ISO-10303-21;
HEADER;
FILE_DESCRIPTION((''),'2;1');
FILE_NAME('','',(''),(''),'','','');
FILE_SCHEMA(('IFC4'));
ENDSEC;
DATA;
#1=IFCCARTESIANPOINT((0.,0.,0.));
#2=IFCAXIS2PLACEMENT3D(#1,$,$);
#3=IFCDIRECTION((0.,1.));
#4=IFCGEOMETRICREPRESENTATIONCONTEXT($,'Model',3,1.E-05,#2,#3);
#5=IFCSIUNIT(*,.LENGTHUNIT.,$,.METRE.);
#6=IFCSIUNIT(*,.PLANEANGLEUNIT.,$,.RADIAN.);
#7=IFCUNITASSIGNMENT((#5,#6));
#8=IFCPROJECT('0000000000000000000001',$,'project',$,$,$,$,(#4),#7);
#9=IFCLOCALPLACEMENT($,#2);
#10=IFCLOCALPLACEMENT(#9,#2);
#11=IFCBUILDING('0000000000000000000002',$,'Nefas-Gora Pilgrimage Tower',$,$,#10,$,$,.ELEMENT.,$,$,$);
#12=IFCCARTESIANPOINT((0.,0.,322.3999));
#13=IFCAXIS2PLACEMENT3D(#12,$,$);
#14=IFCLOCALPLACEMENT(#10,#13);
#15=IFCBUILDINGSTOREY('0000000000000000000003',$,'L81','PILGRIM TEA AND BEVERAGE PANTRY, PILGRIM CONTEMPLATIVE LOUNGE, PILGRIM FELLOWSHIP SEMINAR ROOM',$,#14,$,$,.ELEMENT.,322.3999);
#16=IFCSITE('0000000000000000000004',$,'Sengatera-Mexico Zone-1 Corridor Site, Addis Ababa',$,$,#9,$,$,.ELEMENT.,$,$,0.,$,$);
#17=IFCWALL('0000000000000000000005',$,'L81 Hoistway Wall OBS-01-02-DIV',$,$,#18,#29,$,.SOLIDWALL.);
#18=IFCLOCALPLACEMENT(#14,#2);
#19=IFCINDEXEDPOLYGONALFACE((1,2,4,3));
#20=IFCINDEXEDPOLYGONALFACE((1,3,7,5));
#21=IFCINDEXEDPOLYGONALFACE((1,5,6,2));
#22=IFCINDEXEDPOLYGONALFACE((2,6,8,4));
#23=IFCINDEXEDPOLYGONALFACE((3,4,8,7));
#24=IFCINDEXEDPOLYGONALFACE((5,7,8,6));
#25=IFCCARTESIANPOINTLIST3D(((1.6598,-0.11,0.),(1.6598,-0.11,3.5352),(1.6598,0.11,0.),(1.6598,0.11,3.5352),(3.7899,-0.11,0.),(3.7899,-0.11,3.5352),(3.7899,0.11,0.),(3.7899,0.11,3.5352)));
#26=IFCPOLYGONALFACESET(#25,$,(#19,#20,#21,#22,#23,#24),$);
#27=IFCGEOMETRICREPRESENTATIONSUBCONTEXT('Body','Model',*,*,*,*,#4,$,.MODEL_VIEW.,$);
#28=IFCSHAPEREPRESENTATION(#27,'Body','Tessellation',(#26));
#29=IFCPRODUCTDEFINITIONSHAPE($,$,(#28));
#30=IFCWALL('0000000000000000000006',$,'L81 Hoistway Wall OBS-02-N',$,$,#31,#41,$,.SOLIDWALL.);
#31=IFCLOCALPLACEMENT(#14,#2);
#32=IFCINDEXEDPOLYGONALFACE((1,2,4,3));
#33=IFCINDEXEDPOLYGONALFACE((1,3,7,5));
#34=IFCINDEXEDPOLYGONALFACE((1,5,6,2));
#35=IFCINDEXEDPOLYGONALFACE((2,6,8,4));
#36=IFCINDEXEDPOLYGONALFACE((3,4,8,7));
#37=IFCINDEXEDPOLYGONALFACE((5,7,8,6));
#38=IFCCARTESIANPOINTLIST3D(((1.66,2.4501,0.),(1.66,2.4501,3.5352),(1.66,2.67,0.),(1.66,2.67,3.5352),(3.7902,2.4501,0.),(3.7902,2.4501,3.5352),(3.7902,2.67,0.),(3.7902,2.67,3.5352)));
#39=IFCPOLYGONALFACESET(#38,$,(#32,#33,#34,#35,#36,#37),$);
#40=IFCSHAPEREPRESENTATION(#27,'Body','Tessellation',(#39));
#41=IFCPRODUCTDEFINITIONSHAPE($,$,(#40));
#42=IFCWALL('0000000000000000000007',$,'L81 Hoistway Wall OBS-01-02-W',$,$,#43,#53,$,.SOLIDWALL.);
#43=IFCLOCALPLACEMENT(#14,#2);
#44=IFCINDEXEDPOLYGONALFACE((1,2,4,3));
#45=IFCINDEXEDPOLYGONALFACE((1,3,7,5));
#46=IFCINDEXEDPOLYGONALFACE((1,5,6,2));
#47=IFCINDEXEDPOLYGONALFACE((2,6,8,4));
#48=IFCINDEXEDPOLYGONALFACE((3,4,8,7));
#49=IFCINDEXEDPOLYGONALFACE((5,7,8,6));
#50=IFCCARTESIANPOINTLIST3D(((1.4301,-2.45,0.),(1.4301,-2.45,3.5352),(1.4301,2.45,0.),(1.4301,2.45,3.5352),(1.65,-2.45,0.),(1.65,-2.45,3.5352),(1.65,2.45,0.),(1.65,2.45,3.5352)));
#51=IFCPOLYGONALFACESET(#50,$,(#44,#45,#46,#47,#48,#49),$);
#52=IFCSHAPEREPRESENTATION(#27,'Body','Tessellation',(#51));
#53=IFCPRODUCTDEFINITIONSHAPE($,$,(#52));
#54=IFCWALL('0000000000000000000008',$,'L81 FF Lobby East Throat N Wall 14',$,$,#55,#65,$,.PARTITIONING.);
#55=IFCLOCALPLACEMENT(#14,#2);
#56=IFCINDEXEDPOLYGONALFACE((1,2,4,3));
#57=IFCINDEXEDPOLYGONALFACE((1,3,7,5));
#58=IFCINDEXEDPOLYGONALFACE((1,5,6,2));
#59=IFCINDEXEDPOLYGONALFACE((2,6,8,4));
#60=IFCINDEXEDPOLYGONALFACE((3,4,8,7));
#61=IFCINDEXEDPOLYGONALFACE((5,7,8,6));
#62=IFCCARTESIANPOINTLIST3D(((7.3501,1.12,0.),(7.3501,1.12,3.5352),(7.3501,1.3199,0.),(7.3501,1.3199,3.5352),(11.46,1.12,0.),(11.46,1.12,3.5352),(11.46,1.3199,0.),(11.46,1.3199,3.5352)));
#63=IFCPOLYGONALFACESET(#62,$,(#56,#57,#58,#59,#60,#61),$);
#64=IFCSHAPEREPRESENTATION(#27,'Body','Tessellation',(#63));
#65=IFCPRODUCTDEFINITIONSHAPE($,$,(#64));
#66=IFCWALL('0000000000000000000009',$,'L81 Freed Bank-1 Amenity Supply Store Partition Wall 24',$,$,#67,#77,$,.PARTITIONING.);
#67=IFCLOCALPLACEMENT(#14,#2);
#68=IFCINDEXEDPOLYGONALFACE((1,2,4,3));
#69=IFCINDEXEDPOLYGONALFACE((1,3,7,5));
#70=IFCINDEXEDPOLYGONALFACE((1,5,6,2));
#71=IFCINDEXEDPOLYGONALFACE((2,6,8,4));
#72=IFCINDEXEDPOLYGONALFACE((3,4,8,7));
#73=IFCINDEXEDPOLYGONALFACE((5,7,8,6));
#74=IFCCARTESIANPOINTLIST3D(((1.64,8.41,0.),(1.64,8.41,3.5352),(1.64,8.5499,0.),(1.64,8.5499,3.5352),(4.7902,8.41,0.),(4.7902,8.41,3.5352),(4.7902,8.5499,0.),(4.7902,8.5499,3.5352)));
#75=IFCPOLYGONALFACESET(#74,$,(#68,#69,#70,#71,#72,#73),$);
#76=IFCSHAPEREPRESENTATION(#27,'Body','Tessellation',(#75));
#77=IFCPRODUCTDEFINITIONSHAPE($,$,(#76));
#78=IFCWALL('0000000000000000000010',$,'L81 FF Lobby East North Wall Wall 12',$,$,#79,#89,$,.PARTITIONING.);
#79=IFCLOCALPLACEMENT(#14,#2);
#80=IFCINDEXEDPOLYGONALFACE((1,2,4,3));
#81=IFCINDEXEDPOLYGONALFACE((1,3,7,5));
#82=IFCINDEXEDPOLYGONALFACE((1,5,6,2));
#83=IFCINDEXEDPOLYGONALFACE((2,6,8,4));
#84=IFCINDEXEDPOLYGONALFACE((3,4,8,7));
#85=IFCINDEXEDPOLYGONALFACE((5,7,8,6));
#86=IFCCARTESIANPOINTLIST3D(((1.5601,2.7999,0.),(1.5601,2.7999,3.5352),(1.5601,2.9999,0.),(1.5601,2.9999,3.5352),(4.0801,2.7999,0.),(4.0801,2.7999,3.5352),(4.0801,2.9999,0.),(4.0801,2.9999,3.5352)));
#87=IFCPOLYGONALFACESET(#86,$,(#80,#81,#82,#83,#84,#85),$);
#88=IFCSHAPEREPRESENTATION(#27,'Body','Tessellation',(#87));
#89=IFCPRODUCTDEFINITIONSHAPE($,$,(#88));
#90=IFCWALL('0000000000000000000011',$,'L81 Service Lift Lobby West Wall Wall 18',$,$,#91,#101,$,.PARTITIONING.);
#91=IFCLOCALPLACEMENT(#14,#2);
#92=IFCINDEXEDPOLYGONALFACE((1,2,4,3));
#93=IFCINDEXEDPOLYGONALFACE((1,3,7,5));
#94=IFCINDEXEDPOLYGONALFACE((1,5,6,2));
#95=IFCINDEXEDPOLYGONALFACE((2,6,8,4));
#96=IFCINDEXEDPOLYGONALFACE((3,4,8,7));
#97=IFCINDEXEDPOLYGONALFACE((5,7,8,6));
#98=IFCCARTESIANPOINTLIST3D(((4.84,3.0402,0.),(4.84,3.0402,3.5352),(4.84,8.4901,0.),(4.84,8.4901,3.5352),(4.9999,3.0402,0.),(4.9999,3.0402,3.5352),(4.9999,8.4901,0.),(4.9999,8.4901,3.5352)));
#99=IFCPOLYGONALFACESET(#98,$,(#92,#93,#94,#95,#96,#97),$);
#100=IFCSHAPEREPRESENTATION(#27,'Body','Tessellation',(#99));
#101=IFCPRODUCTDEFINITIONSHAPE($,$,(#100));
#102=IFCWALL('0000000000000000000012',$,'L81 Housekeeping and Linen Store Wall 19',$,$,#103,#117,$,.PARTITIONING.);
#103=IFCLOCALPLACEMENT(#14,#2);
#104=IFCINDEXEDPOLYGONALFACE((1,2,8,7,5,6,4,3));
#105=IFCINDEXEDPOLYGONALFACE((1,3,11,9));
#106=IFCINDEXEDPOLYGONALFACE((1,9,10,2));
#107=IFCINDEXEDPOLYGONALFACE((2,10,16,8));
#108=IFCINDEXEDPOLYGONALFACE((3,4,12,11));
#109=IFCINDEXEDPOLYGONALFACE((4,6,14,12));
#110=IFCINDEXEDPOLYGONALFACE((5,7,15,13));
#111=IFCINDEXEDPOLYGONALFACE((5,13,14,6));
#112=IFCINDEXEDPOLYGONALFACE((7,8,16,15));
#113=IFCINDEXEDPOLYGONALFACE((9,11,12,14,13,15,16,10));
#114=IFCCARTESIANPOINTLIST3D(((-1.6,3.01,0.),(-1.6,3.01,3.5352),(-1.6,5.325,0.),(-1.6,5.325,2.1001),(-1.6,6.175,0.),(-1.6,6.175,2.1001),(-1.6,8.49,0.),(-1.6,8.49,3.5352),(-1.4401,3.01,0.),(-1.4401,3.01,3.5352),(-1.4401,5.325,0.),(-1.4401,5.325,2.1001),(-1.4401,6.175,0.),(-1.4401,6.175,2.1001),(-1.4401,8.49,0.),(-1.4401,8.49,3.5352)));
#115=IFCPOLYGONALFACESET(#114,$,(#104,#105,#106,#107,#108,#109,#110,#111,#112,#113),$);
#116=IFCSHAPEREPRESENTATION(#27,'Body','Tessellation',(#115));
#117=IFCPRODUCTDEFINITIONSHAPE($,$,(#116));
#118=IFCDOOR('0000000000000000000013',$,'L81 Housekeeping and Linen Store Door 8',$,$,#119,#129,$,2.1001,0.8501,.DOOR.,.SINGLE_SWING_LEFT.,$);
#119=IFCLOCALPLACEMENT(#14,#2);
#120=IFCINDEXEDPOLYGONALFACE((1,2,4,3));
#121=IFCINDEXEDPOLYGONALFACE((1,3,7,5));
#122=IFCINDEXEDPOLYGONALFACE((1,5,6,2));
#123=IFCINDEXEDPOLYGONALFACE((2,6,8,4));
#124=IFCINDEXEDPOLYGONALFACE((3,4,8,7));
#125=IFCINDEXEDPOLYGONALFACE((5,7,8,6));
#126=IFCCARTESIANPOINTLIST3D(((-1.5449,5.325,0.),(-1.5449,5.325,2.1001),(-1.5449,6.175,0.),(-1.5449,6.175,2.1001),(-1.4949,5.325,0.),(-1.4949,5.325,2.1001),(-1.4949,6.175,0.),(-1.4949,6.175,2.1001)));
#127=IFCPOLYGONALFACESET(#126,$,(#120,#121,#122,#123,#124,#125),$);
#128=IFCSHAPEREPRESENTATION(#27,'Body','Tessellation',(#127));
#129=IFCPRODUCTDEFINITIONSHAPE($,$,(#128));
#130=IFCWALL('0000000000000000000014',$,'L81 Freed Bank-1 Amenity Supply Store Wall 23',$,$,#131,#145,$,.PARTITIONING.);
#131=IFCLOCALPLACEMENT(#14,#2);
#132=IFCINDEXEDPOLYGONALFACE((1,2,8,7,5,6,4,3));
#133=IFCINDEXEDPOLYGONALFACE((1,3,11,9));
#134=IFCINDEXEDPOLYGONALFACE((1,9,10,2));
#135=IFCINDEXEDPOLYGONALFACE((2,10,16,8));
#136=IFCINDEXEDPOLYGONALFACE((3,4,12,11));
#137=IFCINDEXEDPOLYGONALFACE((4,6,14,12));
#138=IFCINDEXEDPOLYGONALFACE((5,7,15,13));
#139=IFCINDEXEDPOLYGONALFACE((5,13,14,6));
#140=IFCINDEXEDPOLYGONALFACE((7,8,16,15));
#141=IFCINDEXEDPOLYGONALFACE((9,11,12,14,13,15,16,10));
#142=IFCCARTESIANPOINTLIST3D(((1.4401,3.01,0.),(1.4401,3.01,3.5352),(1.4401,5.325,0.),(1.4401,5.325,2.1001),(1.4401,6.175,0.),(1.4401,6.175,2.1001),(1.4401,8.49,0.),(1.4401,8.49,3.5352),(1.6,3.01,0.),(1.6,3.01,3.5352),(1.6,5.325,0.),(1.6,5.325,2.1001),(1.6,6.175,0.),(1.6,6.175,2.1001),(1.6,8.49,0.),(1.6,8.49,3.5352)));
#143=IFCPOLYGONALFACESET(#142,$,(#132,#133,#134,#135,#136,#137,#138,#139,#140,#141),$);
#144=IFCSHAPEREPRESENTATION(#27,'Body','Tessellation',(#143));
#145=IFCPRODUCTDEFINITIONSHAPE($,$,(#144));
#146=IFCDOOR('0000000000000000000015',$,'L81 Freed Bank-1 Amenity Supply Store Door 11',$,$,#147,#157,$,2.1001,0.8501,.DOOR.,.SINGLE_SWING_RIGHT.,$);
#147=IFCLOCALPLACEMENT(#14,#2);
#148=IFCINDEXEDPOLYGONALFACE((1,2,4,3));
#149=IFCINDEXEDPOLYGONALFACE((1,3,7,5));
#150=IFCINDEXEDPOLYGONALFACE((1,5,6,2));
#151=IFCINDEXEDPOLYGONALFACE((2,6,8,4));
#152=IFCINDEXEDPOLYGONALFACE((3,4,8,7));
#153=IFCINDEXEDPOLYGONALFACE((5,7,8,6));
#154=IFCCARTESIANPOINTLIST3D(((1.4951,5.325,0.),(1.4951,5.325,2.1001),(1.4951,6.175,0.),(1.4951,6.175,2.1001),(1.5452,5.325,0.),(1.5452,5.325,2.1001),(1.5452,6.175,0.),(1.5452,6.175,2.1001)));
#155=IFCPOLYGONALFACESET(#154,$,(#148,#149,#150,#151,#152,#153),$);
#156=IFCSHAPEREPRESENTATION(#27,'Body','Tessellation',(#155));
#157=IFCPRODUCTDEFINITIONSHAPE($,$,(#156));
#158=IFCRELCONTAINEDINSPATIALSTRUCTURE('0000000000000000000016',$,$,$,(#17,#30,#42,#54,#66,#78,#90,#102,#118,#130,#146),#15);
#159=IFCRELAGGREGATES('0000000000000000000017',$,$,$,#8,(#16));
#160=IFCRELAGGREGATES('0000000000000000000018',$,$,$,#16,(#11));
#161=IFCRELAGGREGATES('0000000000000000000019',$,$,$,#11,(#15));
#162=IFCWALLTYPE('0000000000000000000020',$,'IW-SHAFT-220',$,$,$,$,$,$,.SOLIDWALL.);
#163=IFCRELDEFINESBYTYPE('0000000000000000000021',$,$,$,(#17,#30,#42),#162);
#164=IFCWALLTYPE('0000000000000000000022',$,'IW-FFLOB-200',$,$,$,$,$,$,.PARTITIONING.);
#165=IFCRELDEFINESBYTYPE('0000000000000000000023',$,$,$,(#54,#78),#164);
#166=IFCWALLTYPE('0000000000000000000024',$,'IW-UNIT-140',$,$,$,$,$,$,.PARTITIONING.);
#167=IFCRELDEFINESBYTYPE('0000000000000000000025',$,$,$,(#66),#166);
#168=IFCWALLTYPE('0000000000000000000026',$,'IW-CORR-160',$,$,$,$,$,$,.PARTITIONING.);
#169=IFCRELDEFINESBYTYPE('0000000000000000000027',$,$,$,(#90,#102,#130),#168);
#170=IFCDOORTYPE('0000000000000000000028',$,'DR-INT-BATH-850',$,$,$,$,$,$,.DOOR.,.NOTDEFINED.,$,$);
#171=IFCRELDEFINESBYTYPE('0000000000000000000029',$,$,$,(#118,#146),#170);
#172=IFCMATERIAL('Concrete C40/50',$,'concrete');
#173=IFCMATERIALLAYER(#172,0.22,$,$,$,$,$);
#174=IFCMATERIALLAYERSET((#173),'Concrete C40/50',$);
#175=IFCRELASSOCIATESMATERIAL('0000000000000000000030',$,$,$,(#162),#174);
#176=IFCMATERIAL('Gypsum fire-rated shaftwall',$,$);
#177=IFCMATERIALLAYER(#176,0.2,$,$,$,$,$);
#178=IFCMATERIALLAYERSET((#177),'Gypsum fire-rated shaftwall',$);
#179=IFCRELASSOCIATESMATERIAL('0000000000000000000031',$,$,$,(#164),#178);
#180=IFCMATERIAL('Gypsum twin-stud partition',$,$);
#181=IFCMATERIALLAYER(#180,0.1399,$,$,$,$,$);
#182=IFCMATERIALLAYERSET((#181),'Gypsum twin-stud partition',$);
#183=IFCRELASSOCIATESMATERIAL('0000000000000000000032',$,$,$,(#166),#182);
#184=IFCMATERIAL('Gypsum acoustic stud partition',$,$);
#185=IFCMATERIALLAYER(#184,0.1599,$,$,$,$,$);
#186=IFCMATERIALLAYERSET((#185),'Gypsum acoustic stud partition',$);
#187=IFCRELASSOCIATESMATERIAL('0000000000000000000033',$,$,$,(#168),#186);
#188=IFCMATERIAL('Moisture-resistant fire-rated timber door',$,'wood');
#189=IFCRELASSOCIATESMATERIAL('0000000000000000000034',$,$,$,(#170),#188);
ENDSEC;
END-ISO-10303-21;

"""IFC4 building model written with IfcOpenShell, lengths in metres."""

from ifc_helpers import new_model, si_unit, direction, frame, frame_2d, origin, place, context, subcontext, project, spatial, rectangle, extrude, source, transform, mapped, material, layer, layer_set, type_object, element, fill, save


model = new_model("IFC4")

# Units and contexts
model_context = context("Model", 3, precision=1e-05, world=origin(), true_north=direction((0.0, 1.0)))
body_context = subcontext(model_context, "Body", "Model", "MODEL_VIEW")
ifc_project = project(units=[si_unit("LENGTHUNIT", "METRE"), si_unit("PLANEANGLEUNIT", "RADIAN")], contexts=[model_context])

# Site, building, storey
site_placement = place(None, origin())
site = spatial("IfcSite", under=ifc_project, at=site_placement, Name="Sengatera-Mexico Zone-1 Corridor Site, Addis Ababa", CompositionType="ELEMENT", RefElevation=0.0)
building_placement = place(site_placement, origin())
building = spatial("IfcBuilding", under=site, at=building_placement, Name="Nefas-Gora Pilgrimage Tower", CompositionType="ELEMENT")
storey_placement = place(building_placement, frame((0.0, 0.0, 322.3999)))
storey = spatial("IfcBuildingStorey", under=building, at=storey_placement, Name="L81", Description="PILGRIM TEA AND BEVERAGE PANTRY, PILGRIM CONTEMPLATIVE LOUNGE, PILGRIM FELLOWSHIP SEMINAR ROOM", CompositionType="ELEMENT", Elevation=322.3999)

# Shared definitions
ifc_material_1 = material(Name="Concrete C40/50", Category="concrete")

# Shared definitions
ifc_layer_1 = layer(ifc_material_1, 0.22)
ifc_layer_set_1 = layer_set([ifc_layer_1], Name="Concrete C40/50")
wall_type_1 = type_object("IfcWallType", Name="IW-SHAFT-220", PredefinedType="SOLIDWALL", material=ifc_layer_set_1)

# Walls
shared_shape_1 = source(origin(), body_context, "Body", "SweptSolid", [
    extrude(rectangle(XDim=2.1301, YDim=0.22, at=frame_2d((1.0649, 0.0))), origin(), (0.0, 0.0, 1.0), 3.5352),
])
for number, where, z_axis, x_axis, name in (
    (1, (1.6599, 0.0, 0.0), (0.0, 0.0, 1.0), (1.0, 0.0, 0.0), "L81 Hoistway Wall OBS-01-02-DIV"),
    (2, (3.79, 2.5601, 0.0), (0.0, 0.0, 1.0), (-1.0, 0.0, 0.0), "L81 Hoistway Wall OBS-02-N"),
):
    element("IfcWall", number, at=place(storey_placement, frame(where, z_axis=z_axis, x_axis=x_axis)), inside=storey, type_object=wall_type_1, Name=name, PredefinedType="SOLIDWALL", context=body_context, shape_type="MappedRepresentation", body=[
        mapped(shared_shape_1, transform((0.0, 0.0, 0.0), x_axis=(1.0, 0.0, 0.0), y_axis=(0.0, 1.0, 0.0), z_axis=(0.0, 0.0, 1.0), scale=1.0)),
    ])
shared_shape_2 = source(origin(), body_context, "Body", "SweptSolid", [
    extrude(rectangle(XDim=4.8999, YDim=0.22, at=frame_2d((2.45, 0.0))), origin(), (0.0, 0.0, 1.0), 3.5352),
])
wall_1_placement = place(storey_placement, frame((1.54, 2.45, 0.0), z_axis=(0.0, 0.0, 1.0), x_axis=(0.0, -1.0, 0.0)))
element("IfcWall", 3, at=wall_1_placement, inside=storey, type_object=wall_type_1, Name="L81 Hoistway Wall OBS-01-02-W", PredefinedType="SOLIDWALL", context=body_context, shape_type="MappedRepresentation", body=[
    mapped(shared_shape_2, transform((0.0, 0.0, 0.0), x_axis=(1.0, 0.0, 0.0), y_axis=(0.0, 1.0, 0.0), z_axis=(0.0, 0.0, 1.0), scale=1.0)),
])

# Shared definitions
ifc_material_2 = material(Name="Gypsum fire-rated shaftwall")
ifc_layer_2 = layer(ifc_material_2, 0.2)
ifc_layer_set_2 = layer_set([ifc_layer_2], Name="Gypsum fire-rated shaftwall")
wall_type_2 = type_object("IfcWallType", Name="IW-FFLOB-200", PredefinedType="PARTITIONING", material=ifc_layer_set_2)

# Walls
shared_shape_3 = source(origin(), body_context, "Body", "SweptSolid", [
    extrude(rectangle(XDim=4.1099, YDim=0.2, at=frame_2d((2.0549, 0.0))), origin(), (0.0, 0.0, 1.0), 3.5352),
])
wall_2_placement = place(storey_placement, frame((7.3501, 1.22, 0.0), z_axis=(0.0, 0.0, 1.0), x_axis=(1.0, 0.0, 0.0)))
element("IfcWall", 4, at=wall_2_placement, inside=storey, type_object=wall_type_2, Name="L81 FF Lobby East Throat N Wall 14", PredefinedType="PARTITIONING", context=body_context, shape_type="MappedRepresentation", body=[
    mapped(shared_shape_3, transform((0.0, 0.0, 0.0), x_axis=(1.0, 0.0, 0.0), y_axis=(0.0, 1.0, 0.0), z_axis=(0.0, 0.0, 1.0), scale=1.0)),
])
ifc_material_3 = material(Name="Gypsum twin-stud partition")
ifc_layer_3 = layer(ifc_material_3, 0.1399)
ifc_layer_set_3 = layer_set([ifc_layer_3], Name="Gypsum twin-stud partition")
wall_type_3 = type_object("IfcWallType", Name="IW-UNIT-140", PredefinedType="PARTITIONING", material=ifc_layer_set_3)
shared_shape_4 = source(origin(), body_context, "Body", "SweptSolid", [
    extrude(rectangle(XDim=3.1501, YDim=0.1399, at=frame_2d((1.5752, 0.0))), origin(), (0.0, 0.0, 1.0), 3.5352),
])
wall_3_placement = place(storey_placement, frame((1.6399, 8.48, 0.0), z_axis=(0.0, 0.0, 1.0), x_axis=(1.0, 0.0, 0.0)))
element("IfcWall", 5, at=wall_3_placement, inside=storey, type_object=wall_type_3, Name="L81 Freed Bank-1 Amenity Supply Store Partition Wall 24", PredefinedType="PARTITIONING", context=body_context, shape_type="MappedRepresentation", body=[
    mapped(shared_shape_4, transform((0.0, 0.0, 0.0), x_axis=(1.0, 0.0, 0.0), y_axis=(0.0, 1.0, 0.0), z_axis=(0.0, 0.0, 1.0), scale=1.0)),
])
shared_shape_5 = source(origin(), body_context, "Body", "SweptSolid", [
    extrude(rectangle(XDim=2.52, YDim=0.2, at=frame_2d((1.26, 0.0))), origin(), (0.0, 0.0, 1.0), 3.5352),
])
wall_4_placement = place(storey_placement, frame((1.5601, 2.8999, 0.0), z_axis=(0.0, 0.0, 1.0), x_axis=(1.0, 0.0, 0.0)))
element("IfcWall", 6, at=wall_4_placement, inside=storey, type_object=wall_type_2, Name="L81 FF Lobby East North Wall Wall 12", PredefinedType="PARTITIONING", context=body_context, shape_type="MappedRepresentation", body=[
    mapped(shared_shape_5, transform((0.0, 0.0, 0.0), x_axis=(1.0, 0.0, 0.0), y_axis=(0.0, 1.0, 0.0), z_axis=(0.0, 0.0, 1.0), scale=1.0)),
])
ifc_material_4 = material(Name="Gypsum acoustic stud partition")
ifc_layer_4 = layer(ifc_material_4, 0.1599)
ifc_layer_set_4 = layer_set([ifc_layer_4], Name="Gypsum acoustic stud partition")
wall_type_4 = type_object("IfcWallType", Name="IW-CORR-160", PredefinedType="PARTITIONING", material=ifc_layer_set_4)
shared_shape_6 = source(origin(), body_context, "Body", "SweptSolid", [
    extrude(rectangle(XDim=5.45, YDim=0.1599, at=frame_2d((2.7251, 0.0))), origin(), (0.0, 0.0, 1.0), 3.5352),
])
wall_5_placement = place(storey_placement, frame((4.9199, 3.04, 0.0), z_axis=(0.0, 0.0, 1.0), x_axis=(0.0, 1.0, 0.0)))
element("IfcWall", 7, at=wall_5_placement, inside=storey, type_object=wall_type_4, Name="L81 Service Lift Lobby West Wall Wall 18", PredefinedType="PARTITIONING", context=body_context, shape_type="MappedRepresentation", body=[
    mapped(shared_shape_6, transform((0.0, 0.0, 0.0), x_axis=(1.0, 0.0, 0.0), y_axis=(0.0, 1.0, 0.0), z_axis=(0.0, 0.0, 1.0), scale=1.0)),
])

# Walls, openings, doors
shared_shape_7 = source(origin(), body_context, "Body", "SweptSolid", [
    extrude(rectangle(XDim=5.48, YDim=0.1599, at=frame_2d((2.74, 0.0))), origin(), (0.0, 0.0, 1.0), 3.5352),
])
wall_6_placement = place(storey_placement, frame((-1.52, 3.01, 0.0), z_axis=(0.0, 0.0, 1.0), x_axis=(0.0, 1.0, 0.0)))
wall_6 = element("IfcWall", 8, at=wall_6_placement, inside=storey, type_object=wall_type_4, Name="L81 Housekeeping and Linen Store Wall 19", PredefinedType="PARTITIONING", context=body_context, shape_type="MappedRepresentation", body=[
    mapped(shared_shape_7, transform((0.0, 0.0, 0.0), x_axis=(1.0, 0.0, 0.0), y_axis=(0.0, 1.0, 0.0), z_axis=(0.0, 0.0, 1.0), scale=1.0)),
])
opening_1_placement = place(wall_6_placement, frame((2.3149, 0.0, 0.0)))
opening_1 = element("IfcOpeningElement", 9, at=opening_1_placement, cuts=wall_6, PredefinedType="OPENING", context=body_context, shape_type="SweptSolid", body=[
    extrude(rectangle(XDim=0.8501, YDim=2.1001, at=frame_2d((0.425, 1.05))), frame((0.0, 0.0898, 0.0), z_axis=(0.0, -1.0, 0.0), x_axis=(1.0, 0.0, 0.0)), (0.0, 0.0, 1.0), 0.1799),
])
ifc_material_5 = material(Name="Moisture-resistant fire-rated timber door", Category="wood")
door_type_1 = type_object("IfcDoorType", Name="DR-INT-BATH-850", OperationType="NOTDEFINED", PredefinedType="DOOR", material=ifc_material_5)
shared_shape_8 = source(origin(), body_context, "Body", "SweptSolid", [
    extrude(rectangle(XDim=0.8501, YDim=2.1001, at=frame_2d((0.425, 1.05))), frame((0.0, 0.0249, 0.0), z_axis=(0.0, -1.0, 0.0), x_axis=(1.0, 0.0, 0.0)), (0.0, 0.0, 1.0), 0.05),
])
door_1_placement = place(opening_1_placement, origin())
door_1 = element("IfcDoor", 10, at=door_1_placement, inside=storey, type_object=door_type_1, Name="L81 Housekeeping and Linen Store Door 8", OperationType="SINGLE_SWING_LEFT", OverallHeight=2.1001, OverallWidth=0.8501, PredefinedType="DOOR", context=body_context, shape_type="MappedRepresentation", body=[
    mapped(shared_shape_8, transform((0.0, 0.0, 0.0), x_axis=(1.0, 0.0, 0.0), y_axis=(0.0, 1.0, 0.0), z_axis=(0.0, 0.0, 1.0), scale=1.0)),
])
fill(opening_1, door_1)
wall_7_placement = place(storey_placement, frame((1.52, 3.01, 0.0), z_axis=(0.0, 0.0, 1.0), x_axis=(0.0, 1.0, 0.0)))
wall_7 = element("IfcWall", 11, at=wall_7_placement, inside=storey, type_object=wall_type_4, Name="L81 Freed Bank-1 Amenity Supply Store Wall 23", PredefinedType="PARTITIONING", context=body_context, shape_type="MappedRepresentation", body=[
    mapped(shared_shape_7, transform((0.0, 0.0, 0.0), x_axis=(1.0, 0.0, 0.0), y_axis=(0.0, 1.0, 0.0), z_axis=(0.0, 0.0, 1.0), scale=1.0)),
])
opening_2_placement = place(wall_7_placement, frame((2.3149, 0.0, 0.0)))
opening_2 = element("IfcOpeningElement", 12, at=opening_2_placement, cuts=wall_7, PredefinedType="OPENING", context=body_context, shape_type="SweptSolid", body=[
    extrude(rectangle(XDim=0.8501, YDim=2.1001, at=frame_2d((0.425, 1.05))), frame((0.0, 0.0898, 0.0), z_axis=(0.0, -1.0, 0.0), x_axis=(1.0, 0.0, 0.0)), (0.0, 0.0, 1.0), 0.1799),
])
door_2_placement = place(opening_2_placement, origin())
door_2 = element("IfcDoor", 13, at=door_2_placement, inside=storey, type_object=door_type_1, Name="L81 Freed Bank-1 Amenity Supply Store Door 11", OperationType="SINGLE_SWING_RIGHT", OverallHeight=2.1001, OverallWidth=0.8501, PredefinedType="DOOR", context=body_context, shape_type="MappedRepresentation", body=[
    mapped(shared_shape_8, transform((0.0, 0.0, 0.0), x_axis=(1.0, 0.0, 0.0), y_axis=(0.0, 1.0, 0.0), z_axis=(0.0, 0.0, 1.0), scale=1.0)),
])
fill(opening_2, door_2)

save(model, "model.ifc")
